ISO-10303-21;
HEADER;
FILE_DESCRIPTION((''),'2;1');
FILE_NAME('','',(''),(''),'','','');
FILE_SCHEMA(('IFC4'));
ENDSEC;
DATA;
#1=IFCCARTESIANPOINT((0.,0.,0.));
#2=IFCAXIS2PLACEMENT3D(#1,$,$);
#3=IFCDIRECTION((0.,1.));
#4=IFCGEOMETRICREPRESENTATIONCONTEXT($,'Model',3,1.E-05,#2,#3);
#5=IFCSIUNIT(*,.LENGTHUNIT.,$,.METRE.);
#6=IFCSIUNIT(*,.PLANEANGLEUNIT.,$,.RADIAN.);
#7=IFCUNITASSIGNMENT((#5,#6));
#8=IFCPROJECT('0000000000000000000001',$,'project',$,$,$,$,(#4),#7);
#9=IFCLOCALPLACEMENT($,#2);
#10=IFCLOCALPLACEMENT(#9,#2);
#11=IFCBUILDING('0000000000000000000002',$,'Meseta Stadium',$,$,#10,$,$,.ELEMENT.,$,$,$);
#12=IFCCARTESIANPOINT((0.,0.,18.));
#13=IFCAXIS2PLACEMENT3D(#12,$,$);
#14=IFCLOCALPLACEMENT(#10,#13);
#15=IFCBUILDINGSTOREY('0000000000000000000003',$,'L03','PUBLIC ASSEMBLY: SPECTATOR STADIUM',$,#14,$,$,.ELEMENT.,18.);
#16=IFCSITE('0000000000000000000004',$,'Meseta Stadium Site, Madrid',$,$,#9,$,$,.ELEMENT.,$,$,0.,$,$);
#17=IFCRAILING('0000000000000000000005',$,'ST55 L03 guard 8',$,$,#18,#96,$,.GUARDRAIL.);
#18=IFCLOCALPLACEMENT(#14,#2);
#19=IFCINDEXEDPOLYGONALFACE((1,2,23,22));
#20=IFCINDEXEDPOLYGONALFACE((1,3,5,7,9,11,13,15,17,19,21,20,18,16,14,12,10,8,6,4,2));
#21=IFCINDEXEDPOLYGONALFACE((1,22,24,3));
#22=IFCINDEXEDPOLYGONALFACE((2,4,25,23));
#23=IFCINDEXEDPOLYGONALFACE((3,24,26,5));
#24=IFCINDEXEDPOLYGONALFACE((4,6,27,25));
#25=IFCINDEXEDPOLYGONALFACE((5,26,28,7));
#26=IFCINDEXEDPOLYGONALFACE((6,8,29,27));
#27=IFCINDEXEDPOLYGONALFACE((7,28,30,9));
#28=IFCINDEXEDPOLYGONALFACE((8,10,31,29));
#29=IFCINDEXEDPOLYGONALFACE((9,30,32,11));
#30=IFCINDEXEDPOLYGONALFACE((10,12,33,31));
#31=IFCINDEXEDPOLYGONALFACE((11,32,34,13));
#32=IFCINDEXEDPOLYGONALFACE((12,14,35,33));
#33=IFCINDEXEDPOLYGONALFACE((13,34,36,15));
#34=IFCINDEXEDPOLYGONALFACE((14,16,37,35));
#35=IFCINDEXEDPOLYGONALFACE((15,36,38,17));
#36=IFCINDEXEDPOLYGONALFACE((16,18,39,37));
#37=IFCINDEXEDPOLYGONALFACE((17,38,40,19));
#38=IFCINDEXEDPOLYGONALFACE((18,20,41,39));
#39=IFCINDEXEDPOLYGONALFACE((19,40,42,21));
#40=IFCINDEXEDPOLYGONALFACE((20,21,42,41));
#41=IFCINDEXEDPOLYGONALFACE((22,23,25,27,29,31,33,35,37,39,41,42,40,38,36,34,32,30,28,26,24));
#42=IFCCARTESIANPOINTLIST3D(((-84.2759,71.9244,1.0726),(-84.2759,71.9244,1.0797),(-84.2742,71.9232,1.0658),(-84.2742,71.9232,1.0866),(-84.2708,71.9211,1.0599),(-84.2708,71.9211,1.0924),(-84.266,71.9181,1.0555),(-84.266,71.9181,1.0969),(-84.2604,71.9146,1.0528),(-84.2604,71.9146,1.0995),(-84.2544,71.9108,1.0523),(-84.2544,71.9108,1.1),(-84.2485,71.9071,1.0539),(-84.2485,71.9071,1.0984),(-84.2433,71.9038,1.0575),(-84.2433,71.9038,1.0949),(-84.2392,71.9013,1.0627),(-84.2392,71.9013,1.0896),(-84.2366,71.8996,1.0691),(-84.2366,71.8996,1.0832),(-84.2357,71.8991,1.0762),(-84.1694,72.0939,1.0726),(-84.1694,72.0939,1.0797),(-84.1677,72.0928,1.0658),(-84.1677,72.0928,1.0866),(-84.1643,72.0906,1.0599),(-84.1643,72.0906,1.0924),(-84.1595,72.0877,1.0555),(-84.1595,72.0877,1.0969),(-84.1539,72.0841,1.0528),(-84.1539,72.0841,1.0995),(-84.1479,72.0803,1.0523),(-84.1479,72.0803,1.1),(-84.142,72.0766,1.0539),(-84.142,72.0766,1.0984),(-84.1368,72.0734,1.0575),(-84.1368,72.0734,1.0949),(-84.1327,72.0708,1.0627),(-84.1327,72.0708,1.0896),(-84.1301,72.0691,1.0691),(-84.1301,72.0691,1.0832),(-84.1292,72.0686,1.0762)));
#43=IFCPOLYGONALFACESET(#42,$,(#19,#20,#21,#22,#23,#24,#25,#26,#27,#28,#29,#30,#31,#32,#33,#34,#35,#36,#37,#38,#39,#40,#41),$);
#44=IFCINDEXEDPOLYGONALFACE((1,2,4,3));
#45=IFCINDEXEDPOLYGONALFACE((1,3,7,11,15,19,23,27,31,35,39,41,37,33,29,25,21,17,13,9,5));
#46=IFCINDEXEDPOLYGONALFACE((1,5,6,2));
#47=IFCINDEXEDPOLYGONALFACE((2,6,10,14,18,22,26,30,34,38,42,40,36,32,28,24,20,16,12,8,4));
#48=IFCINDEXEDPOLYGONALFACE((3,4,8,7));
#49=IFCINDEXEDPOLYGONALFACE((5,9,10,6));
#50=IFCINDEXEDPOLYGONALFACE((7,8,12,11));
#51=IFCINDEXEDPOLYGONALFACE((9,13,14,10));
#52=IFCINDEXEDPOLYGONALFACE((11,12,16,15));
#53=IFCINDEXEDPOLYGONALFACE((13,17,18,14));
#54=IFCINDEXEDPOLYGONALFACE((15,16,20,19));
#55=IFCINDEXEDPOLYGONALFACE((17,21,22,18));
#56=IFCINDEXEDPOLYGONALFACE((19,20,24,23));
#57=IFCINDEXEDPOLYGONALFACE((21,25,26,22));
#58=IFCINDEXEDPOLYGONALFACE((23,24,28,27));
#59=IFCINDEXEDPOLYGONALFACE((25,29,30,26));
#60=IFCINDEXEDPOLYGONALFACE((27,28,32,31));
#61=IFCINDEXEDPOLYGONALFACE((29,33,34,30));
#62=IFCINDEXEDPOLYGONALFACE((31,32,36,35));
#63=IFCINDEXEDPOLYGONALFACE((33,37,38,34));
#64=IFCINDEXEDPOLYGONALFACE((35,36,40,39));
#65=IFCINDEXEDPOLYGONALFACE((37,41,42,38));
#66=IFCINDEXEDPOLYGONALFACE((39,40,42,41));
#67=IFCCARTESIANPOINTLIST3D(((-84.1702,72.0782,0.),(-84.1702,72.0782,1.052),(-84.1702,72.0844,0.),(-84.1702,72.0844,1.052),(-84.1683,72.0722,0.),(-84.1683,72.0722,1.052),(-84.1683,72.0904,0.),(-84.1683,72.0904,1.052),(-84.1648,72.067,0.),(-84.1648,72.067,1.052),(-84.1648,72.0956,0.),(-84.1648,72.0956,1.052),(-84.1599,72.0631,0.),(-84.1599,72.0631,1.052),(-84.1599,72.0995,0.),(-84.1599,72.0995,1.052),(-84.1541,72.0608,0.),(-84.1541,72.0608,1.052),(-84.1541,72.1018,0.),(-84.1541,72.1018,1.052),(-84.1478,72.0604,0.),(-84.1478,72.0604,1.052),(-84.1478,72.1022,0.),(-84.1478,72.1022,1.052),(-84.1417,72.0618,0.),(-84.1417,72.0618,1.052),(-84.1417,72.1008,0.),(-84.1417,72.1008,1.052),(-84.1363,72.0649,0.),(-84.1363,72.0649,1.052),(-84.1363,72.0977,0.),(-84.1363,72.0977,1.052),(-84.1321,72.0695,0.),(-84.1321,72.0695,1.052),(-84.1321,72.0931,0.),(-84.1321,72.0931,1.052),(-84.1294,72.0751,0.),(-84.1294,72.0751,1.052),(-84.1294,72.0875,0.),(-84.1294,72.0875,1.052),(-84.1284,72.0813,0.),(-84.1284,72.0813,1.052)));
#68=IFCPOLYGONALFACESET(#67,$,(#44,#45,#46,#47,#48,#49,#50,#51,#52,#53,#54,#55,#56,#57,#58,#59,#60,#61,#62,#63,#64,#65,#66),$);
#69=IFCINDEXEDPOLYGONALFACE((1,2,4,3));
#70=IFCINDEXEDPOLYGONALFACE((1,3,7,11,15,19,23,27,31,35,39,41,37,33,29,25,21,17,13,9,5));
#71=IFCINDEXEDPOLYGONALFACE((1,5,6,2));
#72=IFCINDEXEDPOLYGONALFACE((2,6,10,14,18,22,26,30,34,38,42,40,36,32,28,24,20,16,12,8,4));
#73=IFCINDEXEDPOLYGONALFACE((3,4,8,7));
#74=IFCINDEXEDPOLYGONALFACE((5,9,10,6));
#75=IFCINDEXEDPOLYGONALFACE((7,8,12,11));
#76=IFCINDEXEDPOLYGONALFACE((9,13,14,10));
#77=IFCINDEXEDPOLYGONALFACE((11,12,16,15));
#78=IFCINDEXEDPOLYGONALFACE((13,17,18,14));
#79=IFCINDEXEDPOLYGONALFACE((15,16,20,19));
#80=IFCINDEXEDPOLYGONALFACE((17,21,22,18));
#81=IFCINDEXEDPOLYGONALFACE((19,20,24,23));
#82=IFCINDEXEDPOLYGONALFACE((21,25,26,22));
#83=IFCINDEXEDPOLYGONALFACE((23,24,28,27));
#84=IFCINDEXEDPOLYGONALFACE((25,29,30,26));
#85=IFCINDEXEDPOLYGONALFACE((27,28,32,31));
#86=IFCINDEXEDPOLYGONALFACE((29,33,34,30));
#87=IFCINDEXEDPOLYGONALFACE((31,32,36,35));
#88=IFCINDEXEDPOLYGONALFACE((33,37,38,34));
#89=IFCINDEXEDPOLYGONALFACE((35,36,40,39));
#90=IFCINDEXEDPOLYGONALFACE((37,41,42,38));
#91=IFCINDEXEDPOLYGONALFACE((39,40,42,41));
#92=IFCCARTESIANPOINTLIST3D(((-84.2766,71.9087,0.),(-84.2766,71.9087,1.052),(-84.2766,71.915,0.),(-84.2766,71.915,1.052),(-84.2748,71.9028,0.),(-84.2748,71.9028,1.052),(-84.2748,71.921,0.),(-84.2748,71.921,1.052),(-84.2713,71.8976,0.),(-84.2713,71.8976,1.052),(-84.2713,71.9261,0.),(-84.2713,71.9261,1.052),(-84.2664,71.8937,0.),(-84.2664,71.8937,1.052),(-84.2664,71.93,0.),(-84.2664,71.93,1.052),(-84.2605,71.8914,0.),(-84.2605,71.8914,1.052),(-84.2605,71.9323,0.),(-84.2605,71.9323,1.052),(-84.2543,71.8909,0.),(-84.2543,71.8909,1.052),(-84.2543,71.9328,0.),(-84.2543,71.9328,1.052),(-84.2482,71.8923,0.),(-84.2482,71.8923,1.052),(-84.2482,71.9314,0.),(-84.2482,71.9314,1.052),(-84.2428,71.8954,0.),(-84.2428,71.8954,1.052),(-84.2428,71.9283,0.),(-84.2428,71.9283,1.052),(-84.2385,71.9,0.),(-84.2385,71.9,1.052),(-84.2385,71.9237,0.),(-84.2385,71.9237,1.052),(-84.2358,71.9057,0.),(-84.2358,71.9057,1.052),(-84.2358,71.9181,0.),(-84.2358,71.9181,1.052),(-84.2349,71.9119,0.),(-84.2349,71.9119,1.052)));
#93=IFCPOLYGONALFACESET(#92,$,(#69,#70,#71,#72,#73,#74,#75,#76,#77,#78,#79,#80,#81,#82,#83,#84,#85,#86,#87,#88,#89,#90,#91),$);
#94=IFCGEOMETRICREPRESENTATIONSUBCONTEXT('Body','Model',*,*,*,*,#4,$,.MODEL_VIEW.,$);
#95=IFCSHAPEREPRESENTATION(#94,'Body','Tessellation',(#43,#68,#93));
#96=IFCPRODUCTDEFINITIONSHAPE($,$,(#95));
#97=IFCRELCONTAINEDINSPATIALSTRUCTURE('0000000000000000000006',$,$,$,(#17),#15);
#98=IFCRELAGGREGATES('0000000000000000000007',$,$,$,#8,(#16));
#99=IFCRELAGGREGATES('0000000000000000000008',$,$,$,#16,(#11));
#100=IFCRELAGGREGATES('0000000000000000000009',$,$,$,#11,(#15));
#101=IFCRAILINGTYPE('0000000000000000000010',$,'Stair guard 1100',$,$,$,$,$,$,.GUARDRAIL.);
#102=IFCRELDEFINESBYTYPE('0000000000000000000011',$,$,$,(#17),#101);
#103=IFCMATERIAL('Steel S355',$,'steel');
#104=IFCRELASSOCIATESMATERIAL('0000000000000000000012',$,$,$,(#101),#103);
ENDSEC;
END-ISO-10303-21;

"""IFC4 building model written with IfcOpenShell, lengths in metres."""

from ifc_helpers import new_model, si_unit, direction, frame, origin, origin_2d, place, context, subcontext, project, spatial, circle, extrude, material, type_object, element, save


model = new_model("IFC4")

# Units and contexts
model_context = context("Model", 3, precision=1e-05, world=origin(), true_north=direction((0.0, 1.0)))
body_context = subcontext(model_context, "Body", "Model", "MODEL_VIEW")
ifc_project = project(units=[si_unit("LENGTHUNIT", "METRE"), si_unit("PLANEANGLEUNIT", "RADIAN")], contexts=[model_context])

# Site, building, storey
site_placement = place(None, origin())
site = spatial("IfcSite", under=ifc_project, at=site_placement, Name="Meseta Stadium Site, Madrid", CompositionType="ELEMENT", RefElevation=0.0)
building_placement = place(site_placement, origin())
building = spatial("IfcBuilding", under=site, at=building_placement, Name="Meseta Stadium", CompositionType="ELEMENT")
storey_placement = place(building_placement, frame((0.0, 0.0, 18.0)))
storey = spatial("IfcBuildingStorey", under=building, at=storey_placement, Name="L03", Description="PUBLIC ASSEMBLY: SPECTATOR STADIUM", CompositionType="ELEMENT", Elevation=18.0)

# Railing
ifc_material_1 = material(Name="Steel S355", Category="steel")
railing_type_1 = type_object("IfcRailingType", Name="Stair guard 1100", PredefinedType="GUARDRAIL", material=ifc_material_1)
railing_1_placement = place(storey_placement, frame((-84.1494, 72.0813, 0.0)))
element("IfcRailing", 1, at=railing_1_placement, inside=storey, type_object=railing_type_1, Name="ST55 L03 guard 8", PredefinedType="GUARDRAIL", context=body_context, shape_type="SweptSolid", body=[
    extrude(circle(Radius=0.0239, at=origin_2d()), frame((0.0, 0.0, 1.0762), z_axis=(-0.531972, -0.846762, 0.0), x_axis=(0.846762, -0.531972, 0.0)), (0.0, 0.0, 1.0), 0.2002),
    extrude(circle(Radius=0.021, at=origin_2d()), origin(), (0.0, 0.0, 1.0), 1.052),
    extrude(circle(Radius=0.021, at=origin_2d()), frame((-0.1064, -0.1694, 0.0)), (0.0, 0.0, 1.0), 1.052),
])

save(model, "model.ifc")
